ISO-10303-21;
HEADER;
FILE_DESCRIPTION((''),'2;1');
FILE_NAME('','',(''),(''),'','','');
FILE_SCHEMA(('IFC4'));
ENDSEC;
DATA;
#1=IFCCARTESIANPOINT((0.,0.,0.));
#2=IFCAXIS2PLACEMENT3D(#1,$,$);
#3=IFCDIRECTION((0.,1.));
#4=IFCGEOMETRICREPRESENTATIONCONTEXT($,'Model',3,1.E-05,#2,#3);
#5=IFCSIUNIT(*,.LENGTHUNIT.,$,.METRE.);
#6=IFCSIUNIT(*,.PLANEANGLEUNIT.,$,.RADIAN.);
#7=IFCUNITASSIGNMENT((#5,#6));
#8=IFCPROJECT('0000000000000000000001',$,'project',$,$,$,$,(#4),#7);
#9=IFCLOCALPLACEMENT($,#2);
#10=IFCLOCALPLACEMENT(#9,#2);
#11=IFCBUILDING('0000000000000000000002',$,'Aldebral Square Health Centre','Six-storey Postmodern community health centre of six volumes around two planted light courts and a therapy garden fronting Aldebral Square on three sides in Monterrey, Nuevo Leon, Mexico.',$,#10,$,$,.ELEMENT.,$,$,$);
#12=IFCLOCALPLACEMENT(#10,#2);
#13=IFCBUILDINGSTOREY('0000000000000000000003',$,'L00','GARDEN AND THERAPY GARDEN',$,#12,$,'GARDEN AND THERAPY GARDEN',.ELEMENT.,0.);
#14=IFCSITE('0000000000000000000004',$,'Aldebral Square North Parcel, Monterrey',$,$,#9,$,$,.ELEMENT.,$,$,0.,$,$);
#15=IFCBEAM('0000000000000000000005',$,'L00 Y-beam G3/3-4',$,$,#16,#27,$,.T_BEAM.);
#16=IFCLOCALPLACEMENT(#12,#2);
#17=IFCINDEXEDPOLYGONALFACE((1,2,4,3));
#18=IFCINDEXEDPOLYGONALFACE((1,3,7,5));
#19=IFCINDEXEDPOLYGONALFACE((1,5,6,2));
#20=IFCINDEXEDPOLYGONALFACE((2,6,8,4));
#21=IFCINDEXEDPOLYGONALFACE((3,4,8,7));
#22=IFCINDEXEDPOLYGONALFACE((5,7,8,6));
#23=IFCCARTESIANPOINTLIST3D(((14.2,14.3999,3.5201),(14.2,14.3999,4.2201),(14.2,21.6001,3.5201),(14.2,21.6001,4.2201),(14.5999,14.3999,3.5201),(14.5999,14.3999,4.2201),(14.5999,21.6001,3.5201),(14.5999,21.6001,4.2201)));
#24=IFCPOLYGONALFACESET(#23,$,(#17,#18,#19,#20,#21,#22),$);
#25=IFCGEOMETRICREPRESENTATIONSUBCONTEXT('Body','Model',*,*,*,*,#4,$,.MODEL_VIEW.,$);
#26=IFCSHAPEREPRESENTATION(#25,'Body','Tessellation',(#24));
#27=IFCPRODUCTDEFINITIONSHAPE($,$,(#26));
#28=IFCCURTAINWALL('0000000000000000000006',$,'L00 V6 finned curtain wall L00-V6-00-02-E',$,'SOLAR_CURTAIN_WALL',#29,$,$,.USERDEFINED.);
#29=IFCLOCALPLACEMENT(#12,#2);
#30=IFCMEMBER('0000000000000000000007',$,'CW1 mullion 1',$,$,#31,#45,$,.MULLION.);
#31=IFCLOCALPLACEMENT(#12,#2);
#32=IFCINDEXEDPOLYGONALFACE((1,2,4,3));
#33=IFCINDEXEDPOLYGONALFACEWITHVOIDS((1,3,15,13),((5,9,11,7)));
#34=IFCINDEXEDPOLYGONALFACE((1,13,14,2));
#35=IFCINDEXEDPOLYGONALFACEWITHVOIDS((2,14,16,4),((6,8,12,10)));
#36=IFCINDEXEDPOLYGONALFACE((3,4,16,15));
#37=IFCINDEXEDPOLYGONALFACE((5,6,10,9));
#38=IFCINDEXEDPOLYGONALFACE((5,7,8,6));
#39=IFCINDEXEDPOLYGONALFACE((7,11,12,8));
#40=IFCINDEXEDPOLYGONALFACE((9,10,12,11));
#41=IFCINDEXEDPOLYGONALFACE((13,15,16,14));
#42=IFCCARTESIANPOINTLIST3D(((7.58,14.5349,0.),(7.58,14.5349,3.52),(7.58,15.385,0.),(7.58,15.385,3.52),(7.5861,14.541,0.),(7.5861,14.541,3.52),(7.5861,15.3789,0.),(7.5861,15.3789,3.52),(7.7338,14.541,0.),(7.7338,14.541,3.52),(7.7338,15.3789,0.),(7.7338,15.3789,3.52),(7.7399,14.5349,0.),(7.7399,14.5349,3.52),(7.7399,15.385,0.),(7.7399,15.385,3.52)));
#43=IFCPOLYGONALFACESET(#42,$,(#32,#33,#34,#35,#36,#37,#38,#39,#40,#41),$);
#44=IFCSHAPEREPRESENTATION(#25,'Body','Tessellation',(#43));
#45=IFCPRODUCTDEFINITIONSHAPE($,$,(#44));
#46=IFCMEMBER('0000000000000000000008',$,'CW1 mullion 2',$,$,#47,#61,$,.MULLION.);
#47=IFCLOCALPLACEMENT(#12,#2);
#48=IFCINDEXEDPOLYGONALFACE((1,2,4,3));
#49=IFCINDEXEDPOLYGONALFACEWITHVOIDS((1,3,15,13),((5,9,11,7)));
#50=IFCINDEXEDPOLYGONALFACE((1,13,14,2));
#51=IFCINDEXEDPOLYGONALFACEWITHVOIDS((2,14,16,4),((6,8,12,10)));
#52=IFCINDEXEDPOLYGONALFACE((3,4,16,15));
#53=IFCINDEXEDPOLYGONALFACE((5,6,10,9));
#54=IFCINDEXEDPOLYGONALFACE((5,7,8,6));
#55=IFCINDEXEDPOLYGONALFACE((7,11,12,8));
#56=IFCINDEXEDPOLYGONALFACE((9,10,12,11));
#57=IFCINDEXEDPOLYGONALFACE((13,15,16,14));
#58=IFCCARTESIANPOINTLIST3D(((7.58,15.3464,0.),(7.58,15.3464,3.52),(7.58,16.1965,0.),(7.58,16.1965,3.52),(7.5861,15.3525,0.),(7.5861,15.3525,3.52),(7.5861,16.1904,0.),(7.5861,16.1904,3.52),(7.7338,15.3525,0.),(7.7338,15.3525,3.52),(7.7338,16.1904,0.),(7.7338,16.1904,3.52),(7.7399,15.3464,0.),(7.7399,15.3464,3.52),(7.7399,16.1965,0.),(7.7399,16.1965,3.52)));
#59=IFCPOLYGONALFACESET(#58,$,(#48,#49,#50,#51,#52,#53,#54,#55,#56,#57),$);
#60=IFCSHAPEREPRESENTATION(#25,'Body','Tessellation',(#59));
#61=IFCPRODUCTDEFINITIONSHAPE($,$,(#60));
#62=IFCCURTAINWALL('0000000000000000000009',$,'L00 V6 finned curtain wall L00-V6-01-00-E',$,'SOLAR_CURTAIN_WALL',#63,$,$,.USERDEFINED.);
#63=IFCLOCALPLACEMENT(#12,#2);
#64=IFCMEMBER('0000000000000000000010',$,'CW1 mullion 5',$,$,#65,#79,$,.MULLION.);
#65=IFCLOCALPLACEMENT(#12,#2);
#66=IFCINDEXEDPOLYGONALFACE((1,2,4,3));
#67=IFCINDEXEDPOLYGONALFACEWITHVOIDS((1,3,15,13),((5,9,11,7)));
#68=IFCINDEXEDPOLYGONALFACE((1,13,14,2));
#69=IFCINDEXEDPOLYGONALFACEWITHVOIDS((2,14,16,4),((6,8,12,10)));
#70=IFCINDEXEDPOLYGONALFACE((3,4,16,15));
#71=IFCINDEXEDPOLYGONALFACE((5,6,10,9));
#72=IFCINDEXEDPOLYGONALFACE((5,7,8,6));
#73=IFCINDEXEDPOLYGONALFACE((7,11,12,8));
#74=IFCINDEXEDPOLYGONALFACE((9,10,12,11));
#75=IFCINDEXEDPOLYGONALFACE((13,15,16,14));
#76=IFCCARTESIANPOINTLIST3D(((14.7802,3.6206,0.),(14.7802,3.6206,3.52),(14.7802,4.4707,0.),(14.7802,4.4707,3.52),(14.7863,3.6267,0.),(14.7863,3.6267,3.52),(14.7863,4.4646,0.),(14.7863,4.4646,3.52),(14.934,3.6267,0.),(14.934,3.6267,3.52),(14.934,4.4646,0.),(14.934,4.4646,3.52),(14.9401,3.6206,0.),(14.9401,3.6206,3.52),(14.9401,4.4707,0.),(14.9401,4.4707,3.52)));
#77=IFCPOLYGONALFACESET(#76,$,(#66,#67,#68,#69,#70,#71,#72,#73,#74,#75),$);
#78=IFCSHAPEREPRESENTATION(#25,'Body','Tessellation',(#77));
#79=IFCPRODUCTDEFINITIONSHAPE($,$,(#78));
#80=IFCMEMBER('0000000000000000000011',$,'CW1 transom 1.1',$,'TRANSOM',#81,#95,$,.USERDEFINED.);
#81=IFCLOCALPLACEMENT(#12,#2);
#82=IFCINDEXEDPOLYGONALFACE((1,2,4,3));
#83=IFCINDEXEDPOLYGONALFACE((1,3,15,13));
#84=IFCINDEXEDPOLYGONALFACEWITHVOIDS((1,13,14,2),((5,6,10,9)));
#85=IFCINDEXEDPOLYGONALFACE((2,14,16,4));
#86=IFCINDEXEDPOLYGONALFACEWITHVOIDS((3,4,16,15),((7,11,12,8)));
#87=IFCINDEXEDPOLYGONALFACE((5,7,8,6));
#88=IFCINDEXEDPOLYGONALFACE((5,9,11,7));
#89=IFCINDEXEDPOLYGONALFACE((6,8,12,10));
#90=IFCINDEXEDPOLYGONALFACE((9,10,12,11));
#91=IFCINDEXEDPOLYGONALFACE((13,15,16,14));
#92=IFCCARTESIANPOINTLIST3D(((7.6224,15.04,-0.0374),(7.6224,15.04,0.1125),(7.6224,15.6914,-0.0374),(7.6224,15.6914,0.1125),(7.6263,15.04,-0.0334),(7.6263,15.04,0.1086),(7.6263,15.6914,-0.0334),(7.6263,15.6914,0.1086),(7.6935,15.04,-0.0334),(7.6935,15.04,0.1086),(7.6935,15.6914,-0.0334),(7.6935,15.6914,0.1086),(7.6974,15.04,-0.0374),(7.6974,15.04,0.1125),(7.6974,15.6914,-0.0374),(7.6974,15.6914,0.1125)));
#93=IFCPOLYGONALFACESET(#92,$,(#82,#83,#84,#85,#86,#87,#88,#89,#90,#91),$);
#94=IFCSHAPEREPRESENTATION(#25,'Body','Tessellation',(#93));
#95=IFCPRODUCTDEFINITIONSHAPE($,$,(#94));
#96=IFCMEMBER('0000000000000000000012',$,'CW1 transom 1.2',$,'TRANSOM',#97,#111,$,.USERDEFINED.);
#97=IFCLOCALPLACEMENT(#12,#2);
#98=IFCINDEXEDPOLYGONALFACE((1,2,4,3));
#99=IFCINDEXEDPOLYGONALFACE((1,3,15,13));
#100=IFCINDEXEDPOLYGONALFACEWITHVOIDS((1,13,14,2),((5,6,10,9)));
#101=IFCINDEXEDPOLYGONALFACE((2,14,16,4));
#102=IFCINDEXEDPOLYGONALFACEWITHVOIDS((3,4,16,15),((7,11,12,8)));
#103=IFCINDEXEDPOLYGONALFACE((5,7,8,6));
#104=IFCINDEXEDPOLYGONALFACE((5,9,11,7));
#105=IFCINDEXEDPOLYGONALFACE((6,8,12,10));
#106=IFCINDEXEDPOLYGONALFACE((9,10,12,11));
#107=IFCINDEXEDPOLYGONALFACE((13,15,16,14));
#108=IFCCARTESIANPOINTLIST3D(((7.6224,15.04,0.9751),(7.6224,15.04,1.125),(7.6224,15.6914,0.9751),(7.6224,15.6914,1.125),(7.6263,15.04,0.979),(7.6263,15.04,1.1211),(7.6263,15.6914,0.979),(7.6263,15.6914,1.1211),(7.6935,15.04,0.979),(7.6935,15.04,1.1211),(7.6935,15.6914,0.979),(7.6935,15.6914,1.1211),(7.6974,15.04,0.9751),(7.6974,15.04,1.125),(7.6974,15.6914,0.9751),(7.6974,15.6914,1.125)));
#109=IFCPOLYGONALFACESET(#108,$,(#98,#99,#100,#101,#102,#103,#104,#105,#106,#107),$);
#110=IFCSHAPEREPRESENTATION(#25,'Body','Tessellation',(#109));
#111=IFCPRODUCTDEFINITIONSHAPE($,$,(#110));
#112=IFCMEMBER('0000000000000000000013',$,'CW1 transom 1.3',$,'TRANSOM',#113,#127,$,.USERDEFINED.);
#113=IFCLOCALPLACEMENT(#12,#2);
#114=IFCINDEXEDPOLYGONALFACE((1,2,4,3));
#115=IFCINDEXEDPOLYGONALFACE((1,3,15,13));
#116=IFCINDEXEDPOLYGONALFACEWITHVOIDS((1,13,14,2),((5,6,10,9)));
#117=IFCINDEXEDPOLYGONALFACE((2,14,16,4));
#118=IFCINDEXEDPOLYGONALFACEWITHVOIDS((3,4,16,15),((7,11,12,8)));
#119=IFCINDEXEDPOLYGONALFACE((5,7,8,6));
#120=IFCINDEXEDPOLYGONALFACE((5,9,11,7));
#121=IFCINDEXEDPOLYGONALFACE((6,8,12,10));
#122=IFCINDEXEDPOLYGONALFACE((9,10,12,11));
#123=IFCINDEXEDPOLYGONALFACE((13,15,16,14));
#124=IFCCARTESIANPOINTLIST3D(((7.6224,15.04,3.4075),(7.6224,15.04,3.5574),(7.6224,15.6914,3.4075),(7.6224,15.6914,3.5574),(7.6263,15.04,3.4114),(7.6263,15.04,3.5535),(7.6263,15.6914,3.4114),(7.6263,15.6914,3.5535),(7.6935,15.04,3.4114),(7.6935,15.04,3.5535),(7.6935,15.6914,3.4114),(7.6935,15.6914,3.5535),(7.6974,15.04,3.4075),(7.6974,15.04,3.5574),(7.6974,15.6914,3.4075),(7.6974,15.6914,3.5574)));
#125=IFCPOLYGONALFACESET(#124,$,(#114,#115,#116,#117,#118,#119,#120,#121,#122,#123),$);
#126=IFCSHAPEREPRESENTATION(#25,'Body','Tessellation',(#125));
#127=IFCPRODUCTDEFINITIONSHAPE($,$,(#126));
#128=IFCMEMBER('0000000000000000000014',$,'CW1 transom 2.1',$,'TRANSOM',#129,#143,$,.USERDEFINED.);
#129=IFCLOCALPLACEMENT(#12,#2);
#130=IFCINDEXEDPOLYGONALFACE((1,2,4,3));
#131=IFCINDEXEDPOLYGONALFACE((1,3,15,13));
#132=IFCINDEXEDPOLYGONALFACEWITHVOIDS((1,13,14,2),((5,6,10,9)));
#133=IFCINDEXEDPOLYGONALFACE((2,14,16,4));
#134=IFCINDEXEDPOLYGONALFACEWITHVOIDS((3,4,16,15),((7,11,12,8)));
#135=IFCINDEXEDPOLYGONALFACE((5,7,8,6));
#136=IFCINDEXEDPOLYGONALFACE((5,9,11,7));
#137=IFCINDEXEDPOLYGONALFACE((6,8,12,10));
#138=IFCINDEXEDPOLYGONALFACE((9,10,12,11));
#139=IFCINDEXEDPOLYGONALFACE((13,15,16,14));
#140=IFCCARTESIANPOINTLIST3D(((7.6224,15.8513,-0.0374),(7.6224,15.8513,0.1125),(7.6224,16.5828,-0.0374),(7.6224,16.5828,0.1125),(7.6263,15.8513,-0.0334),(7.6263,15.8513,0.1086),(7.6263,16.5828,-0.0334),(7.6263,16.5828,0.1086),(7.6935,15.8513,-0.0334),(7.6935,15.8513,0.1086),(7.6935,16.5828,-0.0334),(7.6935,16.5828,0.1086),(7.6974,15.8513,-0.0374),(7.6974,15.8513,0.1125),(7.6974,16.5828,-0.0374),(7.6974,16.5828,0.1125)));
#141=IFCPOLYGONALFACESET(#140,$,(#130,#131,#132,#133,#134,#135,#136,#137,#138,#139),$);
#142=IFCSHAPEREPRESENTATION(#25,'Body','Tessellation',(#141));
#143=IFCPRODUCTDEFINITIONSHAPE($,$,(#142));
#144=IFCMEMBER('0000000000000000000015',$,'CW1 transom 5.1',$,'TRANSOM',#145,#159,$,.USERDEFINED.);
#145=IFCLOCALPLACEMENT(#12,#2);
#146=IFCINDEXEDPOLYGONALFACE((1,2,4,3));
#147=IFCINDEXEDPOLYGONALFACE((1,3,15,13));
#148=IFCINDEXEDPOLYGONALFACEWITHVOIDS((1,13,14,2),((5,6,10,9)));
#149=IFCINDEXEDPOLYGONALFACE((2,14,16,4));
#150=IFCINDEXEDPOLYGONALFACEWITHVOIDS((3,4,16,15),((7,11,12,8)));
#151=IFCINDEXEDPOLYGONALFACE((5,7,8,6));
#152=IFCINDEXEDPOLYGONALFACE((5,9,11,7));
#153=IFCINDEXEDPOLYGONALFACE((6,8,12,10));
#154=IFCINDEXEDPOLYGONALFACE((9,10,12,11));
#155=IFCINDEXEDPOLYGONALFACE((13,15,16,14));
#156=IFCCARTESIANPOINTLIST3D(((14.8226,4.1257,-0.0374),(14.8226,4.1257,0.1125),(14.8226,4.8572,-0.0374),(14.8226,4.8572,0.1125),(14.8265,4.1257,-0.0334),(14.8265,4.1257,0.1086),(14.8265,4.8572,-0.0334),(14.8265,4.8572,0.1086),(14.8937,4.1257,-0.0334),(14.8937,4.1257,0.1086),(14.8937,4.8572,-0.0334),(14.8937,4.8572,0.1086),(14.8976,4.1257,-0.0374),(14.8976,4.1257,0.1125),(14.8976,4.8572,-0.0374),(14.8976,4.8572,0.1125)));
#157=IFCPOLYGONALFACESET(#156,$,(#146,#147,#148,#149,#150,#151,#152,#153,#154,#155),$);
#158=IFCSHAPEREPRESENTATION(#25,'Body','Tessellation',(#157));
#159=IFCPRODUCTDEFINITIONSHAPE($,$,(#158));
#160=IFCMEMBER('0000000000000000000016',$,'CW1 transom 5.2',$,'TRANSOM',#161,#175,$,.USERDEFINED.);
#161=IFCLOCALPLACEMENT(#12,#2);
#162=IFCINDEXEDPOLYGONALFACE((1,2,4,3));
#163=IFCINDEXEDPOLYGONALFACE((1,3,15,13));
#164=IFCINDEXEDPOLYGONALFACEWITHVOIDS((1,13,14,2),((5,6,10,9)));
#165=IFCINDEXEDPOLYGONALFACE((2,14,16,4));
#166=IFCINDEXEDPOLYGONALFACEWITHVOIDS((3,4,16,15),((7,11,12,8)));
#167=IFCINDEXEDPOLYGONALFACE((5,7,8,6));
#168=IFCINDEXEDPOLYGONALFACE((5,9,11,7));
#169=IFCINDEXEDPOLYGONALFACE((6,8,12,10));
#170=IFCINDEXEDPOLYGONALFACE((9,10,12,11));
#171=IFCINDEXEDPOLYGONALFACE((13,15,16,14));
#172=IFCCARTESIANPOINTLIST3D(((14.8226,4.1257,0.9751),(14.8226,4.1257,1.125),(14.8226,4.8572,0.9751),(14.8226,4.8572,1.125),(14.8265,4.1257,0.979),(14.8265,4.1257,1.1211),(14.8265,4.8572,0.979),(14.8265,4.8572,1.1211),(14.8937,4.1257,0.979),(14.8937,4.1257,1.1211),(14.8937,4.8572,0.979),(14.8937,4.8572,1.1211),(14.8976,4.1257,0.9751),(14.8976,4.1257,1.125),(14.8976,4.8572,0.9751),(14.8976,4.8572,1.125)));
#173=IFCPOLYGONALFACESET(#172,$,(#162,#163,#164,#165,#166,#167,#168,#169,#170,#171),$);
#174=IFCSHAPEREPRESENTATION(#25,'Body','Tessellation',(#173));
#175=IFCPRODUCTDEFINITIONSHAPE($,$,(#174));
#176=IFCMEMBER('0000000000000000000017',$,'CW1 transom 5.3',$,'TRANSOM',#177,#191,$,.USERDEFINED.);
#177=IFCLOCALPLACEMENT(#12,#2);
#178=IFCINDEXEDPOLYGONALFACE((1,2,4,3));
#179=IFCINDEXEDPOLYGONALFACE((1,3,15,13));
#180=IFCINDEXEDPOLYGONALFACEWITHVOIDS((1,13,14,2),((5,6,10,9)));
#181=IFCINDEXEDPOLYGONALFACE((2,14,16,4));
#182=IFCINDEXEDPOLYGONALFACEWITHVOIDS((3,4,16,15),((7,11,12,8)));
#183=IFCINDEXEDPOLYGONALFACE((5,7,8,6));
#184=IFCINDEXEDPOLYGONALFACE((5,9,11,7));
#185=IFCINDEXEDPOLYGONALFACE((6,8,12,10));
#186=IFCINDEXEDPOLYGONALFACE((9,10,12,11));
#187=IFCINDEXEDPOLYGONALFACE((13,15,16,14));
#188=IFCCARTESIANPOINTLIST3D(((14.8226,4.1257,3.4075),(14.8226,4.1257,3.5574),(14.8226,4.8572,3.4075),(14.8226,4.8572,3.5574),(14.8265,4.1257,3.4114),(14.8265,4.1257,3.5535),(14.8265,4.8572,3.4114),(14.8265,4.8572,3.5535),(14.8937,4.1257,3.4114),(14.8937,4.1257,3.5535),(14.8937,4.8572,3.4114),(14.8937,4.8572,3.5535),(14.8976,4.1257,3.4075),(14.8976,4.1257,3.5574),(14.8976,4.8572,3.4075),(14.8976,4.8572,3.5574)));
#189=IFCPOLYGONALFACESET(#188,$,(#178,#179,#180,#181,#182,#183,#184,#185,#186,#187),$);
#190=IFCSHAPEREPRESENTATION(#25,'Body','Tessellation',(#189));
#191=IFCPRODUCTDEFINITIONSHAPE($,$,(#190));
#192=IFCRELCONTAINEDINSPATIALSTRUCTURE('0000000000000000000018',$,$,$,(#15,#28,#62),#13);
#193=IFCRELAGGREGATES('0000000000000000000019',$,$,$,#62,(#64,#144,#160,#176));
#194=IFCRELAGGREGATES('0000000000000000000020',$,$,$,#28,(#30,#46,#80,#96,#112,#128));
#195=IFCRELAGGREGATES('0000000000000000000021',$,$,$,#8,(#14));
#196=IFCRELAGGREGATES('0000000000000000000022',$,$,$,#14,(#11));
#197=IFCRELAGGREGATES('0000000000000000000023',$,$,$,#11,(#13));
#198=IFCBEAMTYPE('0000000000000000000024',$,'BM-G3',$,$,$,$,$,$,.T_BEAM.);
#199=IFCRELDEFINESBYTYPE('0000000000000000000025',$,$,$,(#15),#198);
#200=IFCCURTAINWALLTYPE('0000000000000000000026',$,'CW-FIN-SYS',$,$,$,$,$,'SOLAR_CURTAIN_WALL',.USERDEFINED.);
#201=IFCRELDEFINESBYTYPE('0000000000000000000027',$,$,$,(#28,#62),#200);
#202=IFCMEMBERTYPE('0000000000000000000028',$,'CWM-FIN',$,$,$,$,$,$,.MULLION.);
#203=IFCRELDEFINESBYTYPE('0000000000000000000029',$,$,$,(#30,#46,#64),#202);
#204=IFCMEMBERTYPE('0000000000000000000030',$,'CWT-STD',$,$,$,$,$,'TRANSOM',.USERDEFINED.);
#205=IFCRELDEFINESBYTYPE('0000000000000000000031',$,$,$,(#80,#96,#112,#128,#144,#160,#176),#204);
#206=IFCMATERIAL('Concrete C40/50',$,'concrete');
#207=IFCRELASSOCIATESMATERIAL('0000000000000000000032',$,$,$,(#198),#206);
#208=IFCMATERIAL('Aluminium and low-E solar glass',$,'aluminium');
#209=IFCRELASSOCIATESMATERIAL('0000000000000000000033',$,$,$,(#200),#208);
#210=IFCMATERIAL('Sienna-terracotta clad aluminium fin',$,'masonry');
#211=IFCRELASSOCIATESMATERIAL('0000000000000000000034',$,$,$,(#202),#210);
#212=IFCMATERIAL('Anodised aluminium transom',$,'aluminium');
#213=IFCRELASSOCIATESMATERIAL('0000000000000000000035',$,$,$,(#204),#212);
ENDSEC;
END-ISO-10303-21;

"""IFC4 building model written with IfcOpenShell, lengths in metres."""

from ifc_helpers import new_model, si_unit, direction, frame, origin, origin_2d, place, context, subcontext, project, spatial, rectangle, hollow_rectangle, extrude, material, material_profile, profile_set, type_object, element, aggregate, save


model = new_model("IFC4")

# Units and contexts
model_context = context("Model", 3, precision=1e-05, world=origin(), true_north=direction((0.0, 1.0)))
body_context = subcontext(model_context, "Body", "Model", "MODEL_VIEW")
ifc_project = project(units=[si_unit("LENGTHUNIT", "METRE"), si_unit("PLANEANGLEUNIT", "RADIAN")], contexts=[model_context])

# Site, building, storey
site_placement = place(None, origin())
site = spatial("IfcSite", under=ifc_project, at=site_placement, Name="Aldebral Square North Parcel, Monterrey", CompositionType="ELEMENT", RefElevation=0.0)
building_placement = place(site_placement, origin())
building = spatial("IfcBuilding", under=site, at=building_placement, Name="Aldebral Square Health Centre", Description="Six-storey Postmodern community health centre of six volumes around two planted light courts and a therapy garden fronting Aldebral Square on three sides in Monterrey, Nuevo Leon, Mexico.", CompositionType="ELEMENT")
storey_placement = place(building_placement, origin())
storey = spatial("IfcBuildingStorey", under=building, at=storey_placement, Name="L00", Description="GARDEN AND THERAPY GARDEN", LongName="GARDEN AND THERAPY GARDEN", CompositionType="ELEMENT", Elevation=0.0)

# Shared definitions
ifc_material_1 = material(Name="Concrete C40/50", Category="concrete")

# Beam
ifc_material_profile_1 = material_profile(ifc_material_1, rectangle(XDim=0.3999, YDim=0.7, at=origin_2d()), Name="RC 400x700")
ifc_profile_set_1 = profile_set([ifc_material_profile_1], Name="Concrete C40/50")
beam_type_1 = type_object("IfcBeamType", Name="BM-G3", PredefinedType="T_BEAM", material=ifc_profile_set_1)
beam_1_placement = place(storey_placement, frame((14.3999, 14.3999, 3.8701), z_axis=(0.0, 1.0, 0.0), x_axis=(-1.0, 0.0, 0.0)))
element("IfcBeam", 1, at=beam_1_placement, inside=storey, type_object=beam_type_1, Name="L00 Y-beam G3/3-4", PredefinedType="T_BEAM", context=body_context, shape_type="SweptSolid", body=[
    extrude(rectangle(XDim=0.3999, YDim=0.7, at=origin_2d()), origin(), (0.0, 0.0, 1.0), 7.2002),
])

# Curtain wall, members
ifc_material_2 = material(Name="Aluminium and low-E solar glass", Category="aluminium")
curtain_wall_type = type_object("IfcCurtainWallType", Name="CW-FIN-SYS", ElementType="SOLAR_CURTAIN_WALL", PredefinedType="USERDEFINED", material=ifc_material_2)
curtain_wall_1_placement = place(storey_placement, origin())
curtain_wall_1 = element("IfcCurtainWall", 2, at=curtain_wall_1_placement, inside=storey, type_object=curtain_wall_type, Name="L00 V6 finned curtain wall L00-V6-00-02-E", ObjectType="SOLAR_CURTAIN_WALL", PredefinedType="USERDEFINED")
ifc_material_3 = material(Name="Sienna-terracotta clad aluminium fin", Category="masonry")
ifc_material_profile_2 = material_profile(ifc_material_3, hollow_rectangle(XDim=0.1599, YDim=0.8501, WallThickness=0.0061, at=origin_2d()), Name="FIN 160x850x6")
ifc_profile_set_2 = profile_set([ifc_material_profile_2], Name="Sienna-terracotta clad aluminium fin")
member_type_1 = type_object("IfcMemberType", Name="CWM-FIN", PredefinedType="MULLION", material=ifc_profile_set_2)
member_1_placement = place(storey_placement, frame((7.6599, 14.96, 0.0), z_axis=(0.0, 0.0, 1.0), x_axis=(-1.0, 0.0, 0.0)))
member_1 = element("IfcMember", 3, at=member_1_placement, type_object=member_type_1, Name="CW1 mullion 1", PredefinedType="MULLION", context=body_context, shape_type="SweptSolid", body=[
    extrude(hollow_rectangle(XDim=0.1599, YDim=0.8501, WallThickness=0.0061, at=origin_2d()), origin(), (0.0, 0.0, 1.0), 3.52),
])
member_2_placement = place(storey_placement, frame((7.6599, 15.7715, 0.0), z_axis=(0.0, 0.0, 1.0), x_axis=(-1.0, 0.0, 0.0)))
member_2 = element("IfcMember", 4, at=member_2_placement, type_object=member_type_1, Name="CW1 mullion 2", PredefinedType="MULLION", context=body_context, shape_type="SweptSolid", body=[
    extrude(hollow_rectangle(XDim=0.1599, YDim=0.8501, WallThickness=0.0061, at=origin_2d()), origin(), (0.0, 0.0, 1.0), 3.52),
])

# Curtain wall, member
curtain_wall_2_placement = place(storey_placement, origin())
curtain_wall_2 = element("IfcCurtainWall", 5, at=curtain_wall_2_placement, inside=storey, type_object=curtain_wall_type, Name="L00 V6 finned curtain wall L00-V6-01-00-E", ObjectType="SOLAR_CURTAIN_WALL", PredefinedType="USERDEFINED")
member_3_placement = place(storey_placement, frame((14.8601, 4.0457, 0.0), z_axis=(0.0, 0.0, 1.0), x_axis=(-1.0, 0.0, 0.0)))
member_3 = element("IfcMember", 6, at=member_3_placement, type_object=member_type_1, Name="CW1 mullion 5", PredefinedType="MULLION", context=body_context, shape_type="SweptSolid", body=[
    extrude(hollow_rectangle(XDim=0.1599, YDim=0.8501, WallThickness=0.0061, at=origin_2d()), origin(), (0.0, 0.0, 1.0), 3.52),
])

# Members
ifc_material_4 = material(Name="Anodised aluminium transom", Category="aluminium")
ifc_material_profile_3 = material_profile(ifc_material_4, hollow_rectangle(XDim=0.075, YDim=0.1499, WallThickness=0.0039, at=origin_2d()), Name="CWT 75x150x4")
ifc_profile_set_3 = profile_set([ifc_material_profile_3], Name="Anodised aluminium transom")
member_type_2 = type_object("IfcMemberType", Name="CWT-STD", ElementType="TRANSOM", PredefinedType="USERDEFINED", material=ifc_profile_set_3)
member_4_placement = place(storey_placement, frame((7.6599, 15.04, 0.0376), z_axis=(0.0, 1.0, 0.0), x_axis=(-1.0, 0.0, 0.0)))
member_4 = element("IfcMember", 7, at=member_4_placement, type_object=member_type_2, Name="CW1 transom 1.1", ObjectType="TRANSOM", PredefinedType="USERDEFINED", context=body_context, shape_type="SweptSolid", body=[
    extrude(hollow_rectangle(XDim=0.075, YDim=0.1499, WallThickness=0.0039, at=origin_2d()), origin(), (0.0, 0.0, 1.0), 0.6514),
])
member_5_placement = place(storey_placement, frame((7.6599, 15.04, 1.05), z_axis=(0.0, 1.0, 0.0), x_axis=(-1.0, 0.0, 0.0)))
member_5 = element("IfcMember", 8, at=member_5_placement, type_object=member_type_2, Name="CW1 transom 1.2", ObjectType="TRANSOM", PredefinedType="USERDEFINED", context=body_context, shape_type="SweptSolid", body=[
    extrude(hollow_rectangle(XDim=0.075, YDim=0.1499, WallThickness=0.0039, at=origin_2d()), origin(), (0.0, 0.0, 1.0), 0.6514),
])
member_6_placement = place(storey_placement, frame((7.6599, 15.04, 3.4824), z_axis=(0.0, 1.0, 0.0), x_axis=(-1.0, 0.0, 0.0)))
member_6 = element("IfcMember", 9, at=member_6_placement, type_object=member_type_2, Name="CW1 transom 1.3", ObjectType="TRANSOM", PredefinedType="USERDEFINED", context=body_context, shape_type="SweptSolid", body=[
    extrude(hollow_rectangle(XDim=0.075, YDim=0.1499, WallThickness=0.0039, at=origin_2d()), origin(), (0.0, 0.0, 1.0), 0.6514),
])
member_7_placement = place(storey_placement, frame((7.6599, 15.8513, 0.0376), z_axis=(0.0, 1.0, 0.0), x_axis=(-1.0, 0.0, 0.0)))
member_7 = element("IfcMember", 10, at=member_7_placement, type_object=member_type_2, Name="CW1 transom 2.1", ObjectType="TRANSOM", PredefinedType="USERDEFINED", context=body_context, shape_type="SweptSolid", body=[
    extrude(hollow_rectangle(XDim=0.075, YDim=0.1499, WallThickness=0.0039, at=origin_2d()), origin(), (0.0, 0.0, 1.0), 0.7314),
])
member_8_placement = place(storey_placement, frame((14.8601, 4.1257, 0.0376), z_axis=(0.0, 1.0, 0.0), x_axis=(-1.0, 0.0, 0.0)))
member_8 = element("IfcMember", 11, at=member_8_placement, type_object=member_type_2, Name="CW1 transom 5.1", ObjectType="TRANSOM", PredefinedType="USERDEFINED", context=body_context, shape_type="SweptSolid", body=[
    extrude(hollow_rectangle(XDim=0.075, YDim=0.1499, WallThickness=0.0039, at=origin_2d()), origin(), (0.0, 0.0, 1.0), 0.7314),
])
member_9_placement = place(storey_placement, frame((14.8601, 4.1257, 1.05), z_axis=(0.0, 1.0, 0.0), x_axis=(-1.0, 0.0, 0.0)))
member_9 = element("IfcMember", 12, at=member_9_placement, type_object=member_type_2, Name="CW1 transom 5.2", ObjectType="TRANSOM", PredefinedType="USERDEFINED", context=body_context, shape_type="SweptSolid", body=[
    extrude(hollow_rectangle(XDim=0.075, YDim=0.1499, WallThickness=0.0039, at=origin_2d()), origin(), (0.0, 0.0, 1.0), 0.7314),
])
member_10_placement = place(storey_placement, frame((14.8601, 4.1257, 3.4824), z_axis=(0.0, 1.0, 0.0), x_axis=(-1.0, 0.0, 0.0)))
member_10 = element("IfcMember", 13, at=member_10_placement, type_object=member_type_2, Name="CW1 transom 5.3", ObjectType="TRANSOM", PredefinedType="USERDEFINED", context=body_context, shape_type="SweptSolid", body=[
    extrude(hollow_rectangle(XDim=0.075, YDim=0.1499, WallThickness=0.0039, at=origin_2d()), origin(), (0.0, 0.0, 1.0), 0.7314),
])
aggregate(curtain_wall_2, [member_3, member_8, member_9, member_10])

aggregate(curtain_wall_1, [member_1, member_2, member_4, member_5, member_6, member_7])

save(model, "model.ifc")
